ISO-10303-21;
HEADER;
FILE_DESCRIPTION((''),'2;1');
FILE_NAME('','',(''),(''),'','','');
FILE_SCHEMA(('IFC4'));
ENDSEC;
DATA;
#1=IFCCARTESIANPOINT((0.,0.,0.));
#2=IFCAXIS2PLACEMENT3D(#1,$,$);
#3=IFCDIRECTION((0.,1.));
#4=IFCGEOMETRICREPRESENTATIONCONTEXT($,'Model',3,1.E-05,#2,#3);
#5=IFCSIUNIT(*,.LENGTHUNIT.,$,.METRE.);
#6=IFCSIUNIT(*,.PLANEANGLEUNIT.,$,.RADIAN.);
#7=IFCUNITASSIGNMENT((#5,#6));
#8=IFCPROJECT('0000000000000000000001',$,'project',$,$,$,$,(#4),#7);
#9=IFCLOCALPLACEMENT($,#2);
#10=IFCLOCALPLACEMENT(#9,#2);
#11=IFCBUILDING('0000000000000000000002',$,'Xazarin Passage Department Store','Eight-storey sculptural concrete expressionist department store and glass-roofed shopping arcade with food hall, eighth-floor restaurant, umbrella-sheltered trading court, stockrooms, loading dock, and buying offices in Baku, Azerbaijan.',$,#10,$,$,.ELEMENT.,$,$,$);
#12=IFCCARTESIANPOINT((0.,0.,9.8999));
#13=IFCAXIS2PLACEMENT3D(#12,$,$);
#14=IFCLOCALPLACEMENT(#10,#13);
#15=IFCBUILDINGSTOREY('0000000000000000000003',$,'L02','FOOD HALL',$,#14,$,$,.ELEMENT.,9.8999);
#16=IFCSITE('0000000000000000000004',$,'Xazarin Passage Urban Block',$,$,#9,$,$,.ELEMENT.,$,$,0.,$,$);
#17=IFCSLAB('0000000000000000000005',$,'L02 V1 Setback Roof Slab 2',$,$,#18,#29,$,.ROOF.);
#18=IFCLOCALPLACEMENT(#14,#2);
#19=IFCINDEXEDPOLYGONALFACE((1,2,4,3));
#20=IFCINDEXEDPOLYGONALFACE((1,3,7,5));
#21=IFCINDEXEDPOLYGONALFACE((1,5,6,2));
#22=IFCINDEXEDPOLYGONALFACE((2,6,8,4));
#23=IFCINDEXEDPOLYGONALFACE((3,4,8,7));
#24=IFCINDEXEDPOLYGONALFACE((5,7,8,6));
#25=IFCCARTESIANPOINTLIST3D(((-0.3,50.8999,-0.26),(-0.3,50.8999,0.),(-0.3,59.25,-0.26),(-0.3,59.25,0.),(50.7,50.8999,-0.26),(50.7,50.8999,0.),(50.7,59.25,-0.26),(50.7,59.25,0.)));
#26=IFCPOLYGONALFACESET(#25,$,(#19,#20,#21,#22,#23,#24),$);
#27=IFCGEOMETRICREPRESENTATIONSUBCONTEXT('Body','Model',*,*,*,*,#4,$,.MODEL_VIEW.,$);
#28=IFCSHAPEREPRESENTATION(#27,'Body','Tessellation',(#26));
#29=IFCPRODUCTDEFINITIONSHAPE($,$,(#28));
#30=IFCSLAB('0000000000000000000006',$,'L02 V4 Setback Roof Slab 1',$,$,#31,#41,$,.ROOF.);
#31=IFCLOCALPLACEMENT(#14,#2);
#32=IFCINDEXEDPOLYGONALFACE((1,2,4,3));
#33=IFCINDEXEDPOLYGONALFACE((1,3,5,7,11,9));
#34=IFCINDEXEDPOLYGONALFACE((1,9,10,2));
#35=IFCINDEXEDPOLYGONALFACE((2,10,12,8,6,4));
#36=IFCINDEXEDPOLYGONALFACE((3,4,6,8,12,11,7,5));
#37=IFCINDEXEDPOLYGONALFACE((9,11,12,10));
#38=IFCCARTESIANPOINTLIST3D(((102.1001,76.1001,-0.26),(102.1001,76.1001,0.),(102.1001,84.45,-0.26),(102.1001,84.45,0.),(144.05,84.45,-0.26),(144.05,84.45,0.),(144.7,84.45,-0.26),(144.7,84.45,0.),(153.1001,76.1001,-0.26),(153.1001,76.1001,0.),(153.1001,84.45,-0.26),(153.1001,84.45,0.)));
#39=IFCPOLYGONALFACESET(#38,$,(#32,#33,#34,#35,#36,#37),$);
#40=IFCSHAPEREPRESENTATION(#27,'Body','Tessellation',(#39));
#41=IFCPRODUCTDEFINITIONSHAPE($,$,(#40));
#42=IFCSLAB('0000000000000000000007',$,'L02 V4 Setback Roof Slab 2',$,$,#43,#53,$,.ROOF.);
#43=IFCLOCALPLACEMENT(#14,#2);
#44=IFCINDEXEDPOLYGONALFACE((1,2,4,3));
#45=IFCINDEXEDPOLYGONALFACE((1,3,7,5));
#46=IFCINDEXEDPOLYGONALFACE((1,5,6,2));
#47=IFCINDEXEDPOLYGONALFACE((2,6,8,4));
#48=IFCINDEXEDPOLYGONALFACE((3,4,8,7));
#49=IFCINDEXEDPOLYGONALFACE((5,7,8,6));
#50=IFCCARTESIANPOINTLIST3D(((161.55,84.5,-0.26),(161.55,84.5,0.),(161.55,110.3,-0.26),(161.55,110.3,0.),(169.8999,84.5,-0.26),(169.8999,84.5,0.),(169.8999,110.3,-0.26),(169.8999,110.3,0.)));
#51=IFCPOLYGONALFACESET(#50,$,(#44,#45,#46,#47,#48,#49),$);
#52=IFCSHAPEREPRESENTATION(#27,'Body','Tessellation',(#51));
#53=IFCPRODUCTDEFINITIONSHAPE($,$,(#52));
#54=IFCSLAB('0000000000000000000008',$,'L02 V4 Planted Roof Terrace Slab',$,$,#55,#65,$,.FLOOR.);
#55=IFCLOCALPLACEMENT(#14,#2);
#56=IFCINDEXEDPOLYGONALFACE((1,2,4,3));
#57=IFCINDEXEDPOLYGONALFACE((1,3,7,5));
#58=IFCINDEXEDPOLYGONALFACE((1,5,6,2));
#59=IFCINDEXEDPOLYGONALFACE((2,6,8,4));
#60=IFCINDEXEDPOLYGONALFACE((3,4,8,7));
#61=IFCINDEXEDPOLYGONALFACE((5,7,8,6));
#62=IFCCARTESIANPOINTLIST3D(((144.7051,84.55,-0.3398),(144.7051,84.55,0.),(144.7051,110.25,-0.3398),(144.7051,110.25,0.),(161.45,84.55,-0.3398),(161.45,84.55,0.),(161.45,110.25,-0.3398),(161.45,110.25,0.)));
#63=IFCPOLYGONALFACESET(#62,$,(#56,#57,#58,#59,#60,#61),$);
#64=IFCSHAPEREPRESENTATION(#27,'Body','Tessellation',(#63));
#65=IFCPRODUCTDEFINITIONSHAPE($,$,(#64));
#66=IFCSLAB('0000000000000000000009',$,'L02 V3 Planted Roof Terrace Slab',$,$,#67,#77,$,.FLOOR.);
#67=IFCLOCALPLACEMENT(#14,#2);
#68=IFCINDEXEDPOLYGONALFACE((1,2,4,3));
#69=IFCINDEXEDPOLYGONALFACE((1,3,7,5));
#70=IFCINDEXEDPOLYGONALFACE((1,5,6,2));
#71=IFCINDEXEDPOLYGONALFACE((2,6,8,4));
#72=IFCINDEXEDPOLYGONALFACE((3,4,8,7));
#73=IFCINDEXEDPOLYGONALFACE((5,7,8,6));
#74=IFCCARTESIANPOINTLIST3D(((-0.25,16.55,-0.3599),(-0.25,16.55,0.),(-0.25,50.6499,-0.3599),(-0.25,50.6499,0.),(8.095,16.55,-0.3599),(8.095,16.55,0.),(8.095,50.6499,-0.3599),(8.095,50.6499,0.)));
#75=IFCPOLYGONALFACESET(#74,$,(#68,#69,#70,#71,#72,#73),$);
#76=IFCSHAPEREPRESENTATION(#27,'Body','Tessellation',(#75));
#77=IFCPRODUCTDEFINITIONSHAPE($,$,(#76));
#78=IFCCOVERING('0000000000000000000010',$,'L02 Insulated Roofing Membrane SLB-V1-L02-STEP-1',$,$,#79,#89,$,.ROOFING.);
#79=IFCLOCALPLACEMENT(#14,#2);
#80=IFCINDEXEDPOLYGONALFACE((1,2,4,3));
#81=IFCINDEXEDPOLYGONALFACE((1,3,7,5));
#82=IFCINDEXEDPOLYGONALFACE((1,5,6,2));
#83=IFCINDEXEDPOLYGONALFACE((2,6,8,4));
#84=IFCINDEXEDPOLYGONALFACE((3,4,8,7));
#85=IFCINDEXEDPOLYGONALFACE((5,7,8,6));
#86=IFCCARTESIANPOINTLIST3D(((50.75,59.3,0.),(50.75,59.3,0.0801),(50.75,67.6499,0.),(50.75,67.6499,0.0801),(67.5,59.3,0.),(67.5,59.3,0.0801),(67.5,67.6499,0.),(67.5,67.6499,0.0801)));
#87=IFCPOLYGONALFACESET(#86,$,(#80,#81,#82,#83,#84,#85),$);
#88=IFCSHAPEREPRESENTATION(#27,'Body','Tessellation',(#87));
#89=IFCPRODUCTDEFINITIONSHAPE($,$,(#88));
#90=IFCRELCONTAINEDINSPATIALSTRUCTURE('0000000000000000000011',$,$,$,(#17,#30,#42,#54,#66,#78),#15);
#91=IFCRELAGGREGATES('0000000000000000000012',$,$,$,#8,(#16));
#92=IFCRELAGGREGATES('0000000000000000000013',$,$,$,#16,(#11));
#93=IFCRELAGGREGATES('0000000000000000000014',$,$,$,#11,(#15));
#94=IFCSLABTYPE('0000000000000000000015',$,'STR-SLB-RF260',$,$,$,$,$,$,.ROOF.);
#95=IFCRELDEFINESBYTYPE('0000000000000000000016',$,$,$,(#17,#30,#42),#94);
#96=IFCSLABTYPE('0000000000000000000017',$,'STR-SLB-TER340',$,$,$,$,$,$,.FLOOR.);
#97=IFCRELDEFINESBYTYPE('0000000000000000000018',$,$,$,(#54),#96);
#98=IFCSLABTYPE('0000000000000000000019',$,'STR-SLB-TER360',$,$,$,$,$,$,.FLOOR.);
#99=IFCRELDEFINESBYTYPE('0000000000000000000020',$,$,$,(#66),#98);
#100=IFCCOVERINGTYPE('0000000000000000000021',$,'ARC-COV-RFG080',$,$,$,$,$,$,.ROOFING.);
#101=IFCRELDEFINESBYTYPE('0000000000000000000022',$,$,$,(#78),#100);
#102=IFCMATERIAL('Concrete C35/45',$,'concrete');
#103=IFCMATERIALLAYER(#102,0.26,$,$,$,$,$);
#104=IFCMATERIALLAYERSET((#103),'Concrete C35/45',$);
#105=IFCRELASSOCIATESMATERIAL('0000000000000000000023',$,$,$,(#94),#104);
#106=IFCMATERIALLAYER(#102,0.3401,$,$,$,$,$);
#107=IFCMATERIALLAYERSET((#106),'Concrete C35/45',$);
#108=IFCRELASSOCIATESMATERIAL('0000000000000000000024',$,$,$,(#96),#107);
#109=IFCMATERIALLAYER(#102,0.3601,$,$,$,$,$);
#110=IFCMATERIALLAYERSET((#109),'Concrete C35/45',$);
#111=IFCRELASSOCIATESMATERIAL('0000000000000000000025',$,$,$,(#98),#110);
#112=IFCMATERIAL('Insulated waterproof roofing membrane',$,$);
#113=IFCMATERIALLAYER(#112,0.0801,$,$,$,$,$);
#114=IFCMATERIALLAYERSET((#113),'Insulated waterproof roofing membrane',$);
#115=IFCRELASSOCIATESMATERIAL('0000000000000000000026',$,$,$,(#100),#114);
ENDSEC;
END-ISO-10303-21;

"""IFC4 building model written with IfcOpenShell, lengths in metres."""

from ifc_helpers import new_model, si_unit, direction, frame, origin, place, context, subcontext, project, spatial, polyline, outline, extrude, material, layer, layer_set, type_object, element, save


model = new_model("IFC4")

# Units and contexts
model_context = context("Model", 3, precision=1e-05, world=origin(), true_north=direction((0.0, 1.0)))
body_context = subcontext(model_context, "Body", "Model", "MODEL_VIEW")
ifc_project = project(units=[si_unit("LENGTHUNIT", "METRE"), si_unit("PLANEANGLEUNIT", "RADIAN")], contexts=[model_context])

# Site, building, storey
site_placement = place(None, origin())
site = spatial("IfcSite", under=ifc_project, at=site_placement, Name="Xazarin Passage Urban Block", CompositionType="ELEMENT", RefElevation=0.0)
building_placement = place(site_placement, origin())
building = spatial("IfcBuilding", under=site, at=building_placement, Name="Xazarin Passage Department Store", Description="Eight-storey sculptural concrete expressionist department store and glass-roofed shopping arcade with food hall, eighth-floor restaurant, umbrella-sheltered trading court, stockrooms, loading dock, and buying offices in Baku, Azerbaijan.", CompositionType="ELEMENT")
storey_placement = place(building_placement, frame((0.0, 0.0, 9.8999)))
storey = spatial("IfcBuildingStorey", under=building, at=storey_placement, Name="L02", Description="FOOD HALL", CompositionType="ELEMENT", Elevation=9.8999)

# Slabs
ifc_material_1 = material(Name="Concrete C35/45", Category="concrete")
ifc_layer_1 = layer(ifc_material_1, 0.26)
ifc_layer_set_1 = layer_set([ifc_layer_1], Name="Concrete C35/45")
slab_type_1 = type_object("IfcSlabType", Name="STR-SLB-RF260", PredefinedType="ROOF", material=ifc_layer_set_1)
slab_1_placement = place(storey_placement, frame((0.0, 0.0, -0.26)))
element("IfcSlab", 1, at=slab_1_placement, inside=storey, type_object=slab_type_1, Name="L02 V1 Setback Roof Slab 2", PredefinedType="ROOF", context=body_context, shape_type="SweptSolid", body=[
    extrude(outline(polyline([(50.7, 59.25), (-0.3, 59.25), (-0.3, 50.8999), (50.7, 50.8999), (50.7, 59.25)])), origin(), (0.0, 0.0, 1.0), 0.26),
])
slab_2_placement = place(storey_placement, frame((0.0, 0.0, -0.26)))
element("IfcSlab", 2, at=slab_2_placement, inside=storey, type_object=slab_type_1, Name="L02 V4 Setback Roof Slab 1", PredefinedType="ROOF", context=body_context, shape_type="SweptSolid", body=[
    extrude(outline(polyline([(102.1001, 76.1001), (153.1001, 76.1001), (153.1001, 84.45), (144.7, 84.45), (144.05, 84.45), (102.1001, 84.45), (102.1001, 76.1001)])), origin(), (0.0, 0.0, 1.0), 0.26),
])
slab_3_placement = place(storey_placement, frame((0.0, 0.0, -0.26)))
element("IfcSlab", 3, at=slab_3_placement, inside=storey, type_object=slab_type_1, Name="L02 V4 Setback Roof Slab 2", PredefinedType="ROOF", context=body_context, shape_type="SweptSolid", body=[
    extrude(outline(polyline([(161.55, 110.3), (161.55, 84.5), (169.8999, 84.5), (169.8999, 110.3), (161.55, 110.3)])), origin(), (0.0, 0.0, 1.0), 0.26),
])
ifc_layer_2 = layer(ifc_material_1, 0.3401)
ifc_layer_set_2 = layer_set([ifc_layer_2], Name="Concrete C35/45")
slab_type_2 = type_object("IfcSlabType", Name="STR-SLB-TER340", PredefinedType="FLOOR", material=ifc_layer_set_2)
slab_4_placement = place(storey_placement, frame((0.0, 0.0, -0.3398)))
element("IfcSlab", 4, at=slab_4_placement, inside=storey, type_object=slab_type_2, Name="L02 V4 Planted Roof Terrace Slab", PredefinedType="FLOOR", context=body_context, shape_type="SweptSolid", body=[
    extrude(outline(polyline([(144.7051, 110.25), (144.7051, 84.55), (161.45, 84.55), (161.45, 110.25), (144.7051, 110.25)])), origin(), (0.0, 0.0, 1.0), 0.3398),
])
ifc_layer_3 = layer(ifc_material_1, 0.3601)
ifc_layer_set_3 = layer_set([ifc_layer_3], Name="Concrete C35/45")
slab_type_3 = type_object("IfcSlabType", Name="STR-SLB-TER360", PredefinedType="FLOOR", material=ifc_layer_set_3)
slab_5_placement = place(storey_placement, frame((0.0, 0.0, -0.3599)))
element("IfcSlab", 5, at=slab_5_placement, inside=storey, type_object=slab_type_3, Name="L02 V3 Planted Roof Terrace Slab", PredefinedType="FLOOR", context=body_context, shape_type="SweptSolid", body=[
    extrude(outline(polyline([(8.095, 16.55), (8.095, 50.6499), (-0.25, 50.6499), (-0.25, 16.55), (8.095, 16.55)])), origin(), (0.0, 0.0, 1.0), 0.3599),
])

# Covering
ifc_material_2 = material(Name="Insulated waterproof roofing membrane")
ifc_layer_4 = layer(ifc_material_2, 0.0801)
ifc_layer_set_4 = layer_set([ifc_layer_4], Name="Insulated waterproof roofing membrane")
covering_type = type_object("IfcCoveringType", Name="ARC-COV-RFG080", PredefinedType="ROOFING", material=ifc_layer_set_4)
covering_placement = place(storey_placement, origin())
element("IfcCovering", 6, at=covering_placement, inside=storey, type_object=covering_type, Name="L02 Insulated Roofing Membrane SLB-V1-L02-STEP-1", PredefinedType="ROOFING", context=body_context, shape_type="SweptSolid", body=[
    extrude(outline(polyline([(67.5, 67.6499), (50.75, 67.6499), (50.75, 59.3), (67.5, 59.3), (67.5, 67.6499)])), origin(), (0.0, 0.0, 1.0), 0.0801),
])

save(model, "model.ifc")
